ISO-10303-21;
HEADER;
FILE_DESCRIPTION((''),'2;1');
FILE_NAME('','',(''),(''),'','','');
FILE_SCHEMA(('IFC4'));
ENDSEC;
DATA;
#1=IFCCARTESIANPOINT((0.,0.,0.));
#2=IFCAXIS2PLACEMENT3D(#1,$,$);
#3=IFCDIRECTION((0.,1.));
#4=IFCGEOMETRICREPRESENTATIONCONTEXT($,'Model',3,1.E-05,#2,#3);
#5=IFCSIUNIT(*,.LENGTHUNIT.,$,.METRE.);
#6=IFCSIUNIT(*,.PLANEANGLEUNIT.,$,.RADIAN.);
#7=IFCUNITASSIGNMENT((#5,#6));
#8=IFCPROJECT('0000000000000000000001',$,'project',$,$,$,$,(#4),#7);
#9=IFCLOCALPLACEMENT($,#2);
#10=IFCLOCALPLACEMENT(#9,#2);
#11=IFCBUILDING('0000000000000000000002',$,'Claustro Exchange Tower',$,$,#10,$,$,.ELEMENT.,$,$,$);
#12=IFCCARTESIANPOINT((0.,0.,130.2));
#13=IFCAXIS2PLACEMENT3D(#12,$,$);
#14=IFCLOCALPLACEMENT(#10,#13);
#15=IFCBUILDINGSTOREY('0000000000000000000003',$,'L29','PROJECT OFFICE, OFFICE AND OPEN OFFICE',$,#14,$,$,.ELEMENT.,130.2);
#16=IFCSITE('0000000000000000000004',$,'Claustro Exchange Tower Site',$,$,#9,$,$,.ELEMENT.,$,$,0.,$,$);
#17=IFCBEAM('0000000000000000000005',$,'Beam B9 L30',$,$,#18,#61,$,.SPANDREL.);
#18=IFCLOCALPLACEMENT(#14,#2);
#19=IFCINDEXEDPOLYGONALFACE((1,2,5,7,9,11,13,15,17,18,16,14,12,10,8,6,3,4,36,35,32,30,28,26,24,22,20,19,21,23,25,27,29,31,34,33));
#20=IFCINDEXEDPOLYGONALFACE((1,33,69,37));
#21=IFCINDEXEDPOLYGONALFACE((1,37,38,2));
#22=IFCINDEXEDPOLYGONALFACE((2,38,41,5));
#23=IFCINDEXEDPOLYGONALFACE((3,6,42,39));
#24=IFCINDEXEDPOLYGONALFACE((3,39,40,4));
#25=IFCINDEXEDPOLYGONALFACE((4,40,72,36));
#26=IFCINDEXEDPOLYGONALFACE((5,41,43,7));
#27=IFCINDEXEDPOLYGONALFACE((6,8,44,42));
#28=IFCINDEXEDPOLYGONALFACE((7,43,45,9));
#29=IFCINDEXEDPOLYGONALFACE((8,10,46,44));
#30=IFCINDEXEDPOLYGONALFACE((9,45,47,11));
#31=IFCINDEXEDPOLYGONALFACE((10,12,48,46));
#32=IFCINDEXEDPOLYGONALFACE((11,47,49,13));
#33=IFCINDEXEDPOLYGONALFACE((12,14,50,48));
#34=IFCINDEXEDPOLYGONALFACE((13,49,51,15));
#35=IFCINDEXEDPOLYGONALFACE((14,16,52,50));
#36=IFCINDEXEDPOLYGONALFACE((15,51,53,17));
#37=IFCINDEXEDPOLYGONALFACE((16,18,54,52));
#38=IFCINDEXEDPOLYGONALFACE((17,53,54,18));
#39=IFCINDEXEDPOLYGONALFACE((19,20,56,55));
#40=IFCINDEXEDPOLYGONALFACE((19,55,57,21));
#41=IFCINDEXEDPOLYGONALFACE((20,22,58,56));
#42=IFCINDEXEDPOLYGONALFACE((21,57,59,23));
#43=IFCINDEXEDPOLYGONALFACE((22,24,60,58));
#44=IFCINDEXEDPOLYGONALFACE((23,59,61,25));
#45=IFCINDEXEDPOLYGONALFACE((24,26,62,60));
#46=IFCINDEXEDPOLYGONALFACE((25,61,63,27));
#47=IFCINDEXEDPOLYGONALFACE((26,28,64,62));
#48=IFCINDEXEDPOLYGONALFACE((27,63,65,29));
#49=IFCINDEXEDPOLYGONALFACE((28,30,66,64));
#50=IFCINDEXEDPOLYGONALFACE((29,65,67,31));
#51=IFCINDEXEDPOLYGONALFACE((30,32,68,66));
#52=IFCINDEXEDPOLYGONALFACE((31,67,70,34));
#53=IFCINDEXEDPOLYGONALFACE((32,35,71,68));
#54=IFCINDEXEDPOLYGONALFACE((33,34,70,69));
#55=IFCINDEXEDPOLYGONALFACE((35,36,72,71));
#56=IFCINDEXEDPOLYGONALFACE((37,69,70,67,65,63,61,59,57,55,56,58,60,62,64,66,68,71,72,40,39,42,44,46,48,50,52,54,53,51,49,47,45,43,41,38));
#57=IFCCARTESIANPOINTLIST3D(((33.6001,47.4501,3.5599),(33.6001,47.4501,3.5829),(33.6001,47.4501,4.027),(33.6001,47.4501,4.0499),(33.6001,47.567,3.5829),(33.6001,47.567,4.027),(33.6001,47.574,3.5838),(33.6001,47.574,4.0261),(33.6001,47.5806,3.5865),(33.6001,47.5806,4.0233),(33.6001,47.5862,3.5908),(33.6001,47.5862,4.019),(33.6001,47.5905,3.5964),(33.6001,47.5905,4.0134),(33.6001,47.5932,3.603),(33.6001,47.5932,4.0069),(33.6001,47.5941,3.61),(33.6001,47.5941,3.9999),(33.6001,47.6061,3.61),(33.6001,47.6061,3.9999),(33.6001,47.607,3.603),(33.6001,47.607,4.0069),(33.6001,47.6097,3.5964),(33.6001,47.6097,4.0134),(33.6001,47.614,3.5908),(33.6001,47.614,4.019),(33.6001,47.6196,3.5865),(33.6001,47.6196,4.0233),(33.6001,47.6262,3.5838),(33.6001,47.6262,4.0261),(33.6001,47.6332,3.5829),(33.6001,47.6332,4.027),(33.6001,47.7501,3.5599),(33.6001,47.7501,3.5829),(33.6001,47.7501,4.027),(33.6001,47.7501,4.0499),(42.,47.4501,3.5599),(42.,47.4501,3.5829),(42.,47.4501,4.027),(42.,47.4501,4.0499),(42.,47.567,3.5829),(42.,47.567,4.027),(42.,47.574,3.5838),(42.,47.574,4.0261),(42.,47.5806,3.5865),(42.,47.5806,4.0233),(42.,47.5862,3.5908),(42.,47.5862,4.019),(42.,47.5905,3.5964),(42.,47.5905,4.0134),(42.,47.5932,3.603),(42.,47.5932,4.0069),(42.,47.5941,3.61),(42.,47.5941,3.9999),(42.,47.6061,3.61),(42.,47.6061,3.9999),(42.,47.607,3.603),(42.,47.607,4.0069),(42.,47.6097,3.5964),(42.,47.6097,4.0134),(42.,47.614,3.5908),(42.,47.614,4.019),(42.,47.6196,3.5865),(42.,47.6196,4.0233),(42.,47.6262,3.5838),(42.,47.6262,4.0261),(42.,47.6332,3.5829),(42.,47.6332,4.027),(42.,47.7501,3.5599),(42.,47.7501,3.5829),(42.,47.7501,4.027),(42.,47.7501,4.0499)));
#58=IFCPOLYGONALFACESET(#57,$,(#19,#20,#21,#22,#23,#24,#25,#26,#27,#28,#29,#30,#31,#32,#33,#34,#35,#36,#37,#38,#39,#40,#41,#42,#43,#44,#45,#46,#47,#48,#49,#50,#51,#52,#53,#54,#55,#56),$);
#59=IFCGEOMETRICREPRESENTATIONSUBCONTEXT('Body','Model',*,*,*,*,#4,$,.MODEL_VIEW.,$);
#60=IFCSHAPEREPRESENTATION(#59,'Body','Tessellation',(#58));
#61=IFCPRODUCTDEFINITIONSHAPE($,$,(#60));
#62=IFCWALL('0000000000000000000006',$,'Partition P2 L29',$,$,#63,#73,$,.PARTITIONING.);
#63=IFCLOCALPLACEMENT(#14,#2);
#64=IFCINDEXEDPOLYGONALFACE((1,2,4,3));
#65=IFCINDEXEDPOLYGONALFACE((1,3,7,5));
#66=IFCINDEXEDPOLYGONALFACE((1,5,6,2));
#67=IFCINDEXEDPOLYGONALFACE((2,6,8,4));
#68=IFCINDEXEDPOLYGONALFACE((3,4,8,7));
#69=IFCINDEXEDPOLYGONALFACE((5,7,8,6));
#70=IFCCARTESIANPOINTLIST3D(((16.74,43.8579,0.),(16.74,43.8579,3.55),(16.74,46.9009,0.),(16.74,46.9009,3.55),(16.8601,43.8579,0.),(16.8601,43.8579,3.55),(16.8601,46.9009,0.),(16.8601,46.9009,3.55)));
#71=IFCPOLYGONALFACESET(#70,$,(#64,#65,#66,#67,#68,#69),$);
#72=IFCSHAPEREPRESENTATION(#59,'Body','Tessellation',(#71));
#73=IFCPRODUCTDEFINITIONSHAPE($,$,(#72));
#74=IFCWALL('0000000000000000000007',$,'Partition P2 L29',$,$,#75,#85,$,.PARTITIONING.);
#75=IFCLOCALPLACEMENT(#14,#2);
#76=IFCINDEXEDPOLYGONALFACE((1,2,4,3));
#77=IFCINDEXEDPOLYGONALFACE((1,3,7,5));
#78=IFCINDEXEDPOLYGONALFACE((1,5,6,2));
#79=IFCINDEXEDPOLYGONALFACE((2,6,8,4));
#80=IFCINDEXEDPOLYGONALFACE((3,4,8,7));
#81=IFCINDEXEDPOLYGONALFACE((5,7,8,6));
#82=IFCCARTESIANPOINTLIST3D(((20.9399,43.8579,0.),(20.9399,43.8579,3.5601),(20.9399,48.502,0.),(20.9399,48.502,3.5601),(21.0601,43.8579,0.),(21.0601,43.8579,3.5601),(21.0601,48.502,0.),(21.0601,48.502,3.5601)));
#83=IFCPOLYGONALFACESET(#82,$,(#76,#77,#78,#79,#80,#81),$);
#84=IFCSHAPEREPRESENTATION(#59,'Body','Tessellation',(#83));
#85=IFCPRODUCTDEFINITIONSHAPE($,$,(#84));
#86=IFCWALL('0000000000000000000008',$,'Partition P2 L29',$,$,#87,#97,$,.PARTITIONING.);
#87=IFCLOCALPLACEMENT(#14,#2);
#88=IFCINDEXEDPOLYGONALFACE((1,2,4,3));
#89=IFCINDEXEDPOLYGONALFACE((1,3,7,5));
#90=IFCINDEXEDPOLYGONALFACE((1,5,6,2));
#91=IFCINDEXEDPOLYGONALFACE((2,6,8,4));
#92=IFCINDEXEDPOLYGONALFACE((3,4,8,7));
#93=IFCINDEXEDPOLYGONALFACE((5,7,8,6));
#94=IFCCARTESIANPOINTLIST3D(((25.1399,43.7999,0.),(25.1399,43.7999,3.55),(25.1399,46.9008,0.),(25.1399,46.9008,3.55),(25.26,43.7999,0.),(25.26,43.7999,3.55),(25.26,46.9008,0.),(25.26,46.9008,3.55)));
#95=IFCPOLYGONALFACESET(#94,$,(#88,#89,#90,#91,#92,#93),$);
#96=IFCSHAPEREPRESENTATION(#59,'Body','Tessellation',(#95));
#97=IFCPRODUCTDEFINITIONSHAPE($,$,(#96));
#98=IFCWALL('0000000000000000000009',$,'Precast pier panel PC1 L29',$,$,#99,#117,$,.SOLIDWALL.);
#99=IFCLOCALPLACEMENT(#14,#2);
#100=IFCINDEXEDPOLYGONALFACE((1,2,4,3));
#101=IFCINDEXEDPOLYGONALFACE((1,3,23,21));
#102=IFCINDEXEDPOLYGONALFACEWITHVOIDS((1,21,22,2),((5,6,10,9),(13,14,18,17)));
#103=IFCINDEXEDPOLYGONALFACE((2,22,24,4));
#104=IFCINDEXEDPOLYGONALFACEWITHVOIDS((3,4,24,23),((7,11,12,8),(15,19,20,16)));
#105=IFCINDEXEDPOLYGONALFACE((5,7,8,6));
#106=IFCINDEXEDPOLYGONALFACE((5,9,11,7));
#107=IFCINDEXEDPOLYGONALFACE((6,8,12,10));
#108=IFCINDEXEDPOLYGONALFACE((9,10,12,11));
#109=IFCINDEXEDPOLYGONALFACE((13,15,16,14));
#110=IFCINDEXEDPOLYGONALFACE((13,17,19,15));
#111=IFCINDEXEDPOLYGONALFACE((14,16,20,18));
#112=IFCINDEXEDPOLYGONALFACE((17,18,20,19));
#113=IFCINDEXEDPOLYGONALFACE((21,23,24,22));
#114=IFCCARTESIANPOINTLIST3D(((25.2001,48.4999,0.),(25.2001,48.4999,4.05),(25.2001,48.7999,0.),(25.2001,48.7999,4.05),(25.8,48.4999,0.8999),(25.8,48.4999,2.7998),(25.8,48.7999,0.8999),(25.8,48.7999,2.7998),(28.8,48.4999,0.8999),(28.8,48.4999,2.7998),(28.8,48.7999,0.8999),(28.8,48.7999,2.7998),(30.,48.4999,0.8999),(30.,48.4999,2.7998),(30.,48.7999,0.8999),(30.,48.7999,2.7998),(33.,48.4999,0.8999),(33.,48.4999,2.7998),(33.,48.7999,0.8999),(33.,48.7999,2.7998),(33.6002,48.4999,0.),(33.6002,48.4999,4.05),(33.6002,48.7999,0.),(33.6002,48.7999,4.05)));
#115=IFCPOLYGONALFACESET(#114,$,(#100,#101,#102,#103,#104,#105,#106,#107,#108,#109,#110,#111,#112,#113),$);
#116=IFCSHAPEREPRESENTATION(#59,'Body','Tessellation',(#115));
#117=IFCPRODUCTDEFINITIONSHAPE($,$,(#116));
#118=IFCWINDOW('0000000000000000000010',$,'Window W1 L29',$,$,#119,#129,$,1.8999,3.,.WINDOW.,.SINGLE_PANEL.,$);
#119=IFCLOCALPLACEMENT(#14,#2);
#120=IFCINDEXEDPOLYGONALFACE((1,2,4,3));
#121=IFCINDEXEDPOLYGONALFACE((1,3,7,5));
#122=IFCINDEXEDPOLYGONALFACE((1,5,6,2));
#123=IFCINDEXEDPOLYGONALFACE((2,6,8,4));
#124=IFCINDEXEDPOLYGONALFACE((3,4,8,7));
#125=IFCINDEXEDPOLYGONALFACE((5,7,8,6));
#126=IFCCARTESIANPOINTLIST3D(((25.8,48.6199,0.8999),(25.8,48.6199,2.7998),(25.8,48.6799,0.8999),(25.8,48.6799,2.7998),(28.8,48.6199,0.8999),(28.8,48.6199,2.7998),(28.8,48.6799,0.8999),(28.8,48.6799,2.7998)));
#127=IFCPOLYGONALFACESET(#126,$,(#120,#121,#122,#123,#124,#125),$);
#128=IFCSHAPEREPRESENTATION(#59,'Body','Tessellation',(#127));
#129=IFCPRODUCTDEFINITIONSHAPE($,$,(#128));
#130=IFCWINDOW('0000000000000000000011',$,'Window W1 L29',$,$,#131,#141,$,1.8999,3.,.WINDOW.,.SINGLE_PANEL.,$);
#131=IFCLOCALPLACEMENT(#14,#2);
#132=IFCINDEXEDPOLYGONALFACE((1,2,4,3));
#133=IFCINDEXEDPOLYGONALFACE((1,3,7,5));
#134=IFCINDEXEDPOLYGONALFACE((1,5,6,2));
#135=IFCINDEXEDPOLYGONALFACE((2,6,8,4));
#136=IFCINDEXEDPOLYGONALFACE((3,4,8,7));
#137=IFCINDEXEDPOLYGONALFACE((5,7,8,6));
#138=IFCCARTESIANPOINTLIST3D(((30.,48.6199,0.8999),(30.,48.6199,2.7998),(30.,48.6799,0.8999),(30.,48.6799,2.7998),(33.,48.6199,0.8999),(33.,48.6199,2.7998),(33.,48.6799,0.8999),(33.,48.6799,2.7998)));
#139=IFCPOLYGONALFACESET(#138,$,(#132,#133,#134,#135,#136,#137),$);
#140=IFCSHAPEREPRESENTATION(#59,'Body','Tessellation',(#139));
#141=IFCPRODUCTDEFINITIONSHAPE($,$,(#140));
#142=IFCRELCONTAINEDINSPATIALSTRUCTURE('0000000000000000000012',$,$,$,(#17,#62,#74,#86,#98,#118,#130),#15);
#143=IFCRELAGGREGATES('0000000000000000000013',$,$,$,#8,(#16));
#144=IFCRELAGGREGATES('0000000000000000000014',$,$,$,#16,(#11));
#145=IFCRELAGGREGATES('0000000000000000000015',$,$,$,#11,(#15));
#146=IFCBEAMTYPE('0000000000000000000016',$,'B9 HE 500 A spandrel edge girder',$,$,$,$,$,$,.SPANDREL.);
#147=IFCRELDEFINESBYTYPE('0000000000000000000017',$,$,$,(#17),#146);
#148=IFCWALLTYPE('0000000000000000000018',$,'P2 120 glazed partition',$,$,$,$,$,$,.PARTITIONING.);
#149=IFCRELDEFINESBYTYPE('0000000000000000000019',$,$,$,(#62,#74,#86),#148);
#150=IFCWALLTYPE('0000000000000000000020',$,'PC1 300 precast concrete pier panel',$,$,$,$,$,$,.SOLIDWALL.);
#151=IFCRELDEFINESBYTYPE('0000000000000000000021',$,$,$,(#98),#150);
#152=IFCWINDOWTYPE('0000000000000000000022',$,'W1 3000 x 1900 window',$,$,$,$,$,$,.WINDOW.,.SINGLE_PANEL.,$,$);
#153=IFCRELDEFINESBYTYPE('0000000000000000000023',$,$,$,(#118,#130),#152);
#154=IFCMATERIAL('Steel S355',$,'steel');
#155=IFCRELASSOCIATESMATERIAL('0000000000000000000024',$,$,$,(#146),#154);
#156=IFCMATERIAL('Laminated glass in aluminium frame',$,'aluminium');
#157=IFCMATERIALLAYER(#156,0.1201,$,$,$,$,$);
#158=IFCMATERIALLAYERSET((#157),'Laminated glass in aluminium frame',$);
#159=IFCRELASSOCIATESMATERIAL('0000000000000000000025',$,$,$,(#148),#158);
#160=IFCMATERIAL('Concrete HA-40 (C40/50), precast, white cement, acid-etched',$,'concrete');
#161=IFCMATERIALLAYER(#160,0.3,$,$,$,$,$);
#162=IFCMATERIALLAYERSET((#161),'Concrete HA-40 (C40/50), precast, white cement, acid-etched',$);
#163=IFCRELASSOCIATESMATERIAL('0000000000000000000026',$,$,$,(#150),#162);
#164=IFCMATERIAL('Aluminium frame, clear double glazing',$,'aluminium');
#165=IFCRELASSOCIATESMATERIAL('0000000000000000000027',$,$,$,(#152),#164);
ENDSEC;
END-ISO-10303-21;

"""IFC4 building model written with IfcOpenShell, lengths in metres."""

from ifc_helpers import new_model, si_unit, direction, frame, frame_2d, origin, origin_2d, place, context, subcontext, project, spatial, rectangle, i_section, extrude, material, layer, layer_set, material_profile, profile_set, type_object, element, fill, save


model = new_model("IFC4")

# Units and contexts
model_context = context("Model", 3, precision=1e-05, world=origin(), true_north=direction((0.0, 1.0)))
body_context = subcontext(model_context, "Body", "Model", "MODEL_VIEW")
ifc_project = project(units=[si_unit("LENGTHUNIT", "METRE"), si_unit("PLANEANGLEUNIT", "RADIAN")], contexts=[model_context])

# Site, building, storey
site_placement = place(None, origin())
site = spatial("IfcSite", under=ifc_project, at=site_placement, Name="Claustro Exchange Tower Site", CompositionType="ELEMENT", RefElevation=0.0)
building_placement = place(site_placement, origin())
building = spatial("IfcBuilding", under=site, at=building_placement, Name="Claustro Exchange Tower", CompositionType="ELEMENT")
storey_placement = place(building_placement, frame((0.0, 0.0, 130.2)))
storey = spatial("IfcBuildingStorey", under=building, at=storey_placement, Name="L29", Description="PROJECT OFFICE, OFFICE AND OPEN OFFICE", CompositionType="ELEMENT", Elevation=130.2)

# Beam
ifc_material_1 = material(Name="Steel S355", Category="steel")
ifc_material_profile_1 = material_profile(ifc_material_1, i_section(OverallWidth=0.3, OverallDepth=0.49, WebThickness=0.012, FlangeThickness=0.0229, FilletRadius=0.0271, at=origin_2d()), Name="HE 500 A")
ifc_profile_set_1 = profile_set([ifc_material_profile_1], Name="Steel S355")
beam_type_1 = type_object("IfcBeamType", Name="B9 HE 500 A spandrel edge girder", PredefinedType="SPANDREL", material=ifc_profile_set_1)
beam_1_placement = place(storey_placement, frame((33.6001, 47.6001, 3.8049), z_axis=(1.0, 0.0, 0.0), x_axis=(0.0, 1.0, 0.0)))
element("IfcBeam", 1, at=beam_1_placement, inside=storey, type_object=beam_type_1, Name="Beam B9 L30", PredefinedType="SPANDREL", context=body_context, shape_type="SweptSolid", body=[
    extrude(i_section(OverallWidth=0.3, OverallDepth=0.49, WebThickness=0.012, FlangeThickness=0.0229, FilletRadius=0.0271, at=origin_2d()), origin(), (0.0, 0.0, 1.0), 8.3999),
])

# Walls
ifc_material_2 = material(Name="Laminated glass in aluminium frame", Category="aluminium")
ifc_layer_1 = layer(ifc_material_2, 0.1201)
ifc_layer_set_1 = layer_set([ifc_layer_1], Name="Laminated glass in aluminium frame")
wall_type_1 = type_object("IfcWallType", Name="P2 120 glazed partition", PredefinedType="PARTITIONING", material=ifc_layer_set_1)
wall_1_placement = place(storey_placement, frame((16.8, 43.8579, 0.0), z_axis=(0.0, 0.0, 1.0), x_axis=(0.0, 1.0, 0.0)))
element("IfcWall", 2, at=wall_1_placement, inside=storey, type_object=wall_type_1, Name="Partition P2 L29", PredefinedType="PARTITIONING", context=body_context, shape_type="SweptSolid", body=[
    extrude(rectangle(XDim=3.043, YDim=0.1201, at=frame_2d((1.5215, 0.0))), origin(), (0.0, 0.0, 1.0), 3.55),
])
wall_2_placement = place(storey_placement, frame((21.0, 43.8579, 0.0), z_axis=(0.0, 0.0, 1.0), x_axis=(0.0, 1.0, 0.0)))
element("IfcWall", 3, at=wall_2_placement, inside=storey, type_object=wall_type_1, Name="Partition P2 L29", PredefinedType="PARTITIONING", context=body_context, shape_type="SweptSolid", body=[
    extrude(rectangle(XDim=4.644, YDim=0.1201, at=frame_2d((2.322, 0.0))), origin(), (0.0, 0.0, 1.0), 3.5601),
])
wall_3_placement = place(storey_placement, frame((25.2, 43.8, 0.0), z_axis=(0.0, 0.0, 1.0), x_axis=(0.0, 1.0, 0.0)))
element("IfcWall", 4, at=wall_3_placement, inside=storey, type_object=wall_type_1, Name="Partition P2 L29", PredefinedType="PARTITIONING", context=body_context, shape_type="SweptSolid", body=[
    extrude(rectangle(XDim=3.1008, YDim=0.1201, at=frame_2d((1.5503, 0.0))), origin(), (0.0, 0.0, 1.0), 3.55),
])

# Wall, openings, windows
ifc_material_3 = material(Name="Concrete HA-40 (C40/50), precast, white cement, acid-etched", Category="concrete")
ifc_layer_2 = layer(ifc_material_3, 0.3)
ifc_layer_set_2 = layer_set([ifc_layer_2], Name="Concrete HA-40 (C40/50), precast, white cement, acid-etched")
wall_type_2 = type_object("IfcWallType", Name="PC1 300 precast concrete pier panel", PredefinedType="SOLIDWALL", material=ifc_layer_set_2)
wall_4_placement = place(storey_placement, frame((25.2, 48.6499, 0.0), z_axis=(0.0, 0.0, 1.0), x_axis=(1.0, 0.0, 0.0)))
wall_4 = element("IfcWall", 5, at=wall_4_placement, inside=storey, type_object=wall_type_2, Name="Precast pier panel PC1 L29", PredefinedType="SOLIDWALL", context=body_context, shape_type="SweptSolid", body=[
    extrude(rectangle(XDim=8.4001, YDim=0.3, at=frame_2d((4.2002, 0.0))), origin(), (0.0, 0.0, 1.0), 4.05),
])
opening_1_placement = place(wall_4_placement, frame((0.6001, 0.0, 0.8999)))
opening_1 = element("IfcOpeningElement", 6, at=opening_1_placement, cuts=wall_4, PredefinedType="OPENING", context=body_context, shape_type="SweptSolid", body=[
    extrude(rectangle(XDim=3.0, YDim=1.8999, at=frame_2d((1.5, 0.95))), frame((0.0, 0.1599, 0.0), z_axis=(0.0, -1.0, 0.0), x_axis=(1.0, 0.0, 0.0)), (0.0, 0.0, 1.0), 0.3201),
])
opening_2_placement = place(wall_4_placement, frame((4.8, 0.0, 0.8999)))
opening_2 = element("IfcOpeningElement", 7, at=opening_2_placement, cuts=wall_4, PredefinedType="OPENING", context=body_context, shape_type="SweptSolid", body=[
    extrude(rectangle(XDim=3.0, YDim=1.8999, at=frame_2d((1.5, 0.95))), frame((0.0, 0.1599, 0.0), z_axis=(0.0, -1.0, 0.0), x_axis=(1.0, 0.0, 0.0)), (0.0, 0.0, 1.0), 0.3201),
])
ifc_material_4 = material(Name="Aluminium frame, clear double glazing", Category="aluminium")
window_type = type_object("IfcWindowType", Name="W1 3000 x 1900 window", PartitioningType="SINGLE_PANEL", PredefinedType="WINDOW", material=ifc_material_4)
window_1_placement = place(opening_1_placement, origin())
window_1 = element("IfcWindow", 8, at=window_1_placement, inside=storey, type_object=window_type, Name="Window W1 L29", OverallHeight=1.8999, OverallWidth=3.0, PartitioningType="SINGLE_PANEL", PredefinedType="WINDOW", context=body_context, shape_type="SweptSolid", body=[
    extrude(rectangle(XDim=3.0, YDim=1.8999, at=frame_2d((1.5, 0.95))), frame((0.0, 0.03, 0.0), z_axis=(0.0, -1.0, 0.0), x_axis=(1.0, 0.0, 0.0)), (0.0, 0.0, 1.0), 0.0601),
])
fill(opening_1, window_1)
window_2_placement = place(opening_2_placement, origin())
window_2 = element("IfcWindow", 9, at=window_2_placement, inside=storey, type_object=window_type, Name="Window W1 L29", OverallHeight=1.8999, OverallWidth=3.0, PartitioningType="SINGLE_PANEL", PredefinedType="WINDOW", context=body_context, shape_type="SweptSolid", body=[
    extrude(rectangle(XDim=3.0, YDim=1.8999, at=frame_2d((1.5, 0.95))), frame((0.0, 0.03, 0.0), z_axis=(0.0, -1.0, 0.0), x_axis=(1.0, 0.0, 0.0)), (0.0, 0.0, 1.0), 0.0601),
])
fill(opening_2, window_2)

save(model, "model.ifc")
